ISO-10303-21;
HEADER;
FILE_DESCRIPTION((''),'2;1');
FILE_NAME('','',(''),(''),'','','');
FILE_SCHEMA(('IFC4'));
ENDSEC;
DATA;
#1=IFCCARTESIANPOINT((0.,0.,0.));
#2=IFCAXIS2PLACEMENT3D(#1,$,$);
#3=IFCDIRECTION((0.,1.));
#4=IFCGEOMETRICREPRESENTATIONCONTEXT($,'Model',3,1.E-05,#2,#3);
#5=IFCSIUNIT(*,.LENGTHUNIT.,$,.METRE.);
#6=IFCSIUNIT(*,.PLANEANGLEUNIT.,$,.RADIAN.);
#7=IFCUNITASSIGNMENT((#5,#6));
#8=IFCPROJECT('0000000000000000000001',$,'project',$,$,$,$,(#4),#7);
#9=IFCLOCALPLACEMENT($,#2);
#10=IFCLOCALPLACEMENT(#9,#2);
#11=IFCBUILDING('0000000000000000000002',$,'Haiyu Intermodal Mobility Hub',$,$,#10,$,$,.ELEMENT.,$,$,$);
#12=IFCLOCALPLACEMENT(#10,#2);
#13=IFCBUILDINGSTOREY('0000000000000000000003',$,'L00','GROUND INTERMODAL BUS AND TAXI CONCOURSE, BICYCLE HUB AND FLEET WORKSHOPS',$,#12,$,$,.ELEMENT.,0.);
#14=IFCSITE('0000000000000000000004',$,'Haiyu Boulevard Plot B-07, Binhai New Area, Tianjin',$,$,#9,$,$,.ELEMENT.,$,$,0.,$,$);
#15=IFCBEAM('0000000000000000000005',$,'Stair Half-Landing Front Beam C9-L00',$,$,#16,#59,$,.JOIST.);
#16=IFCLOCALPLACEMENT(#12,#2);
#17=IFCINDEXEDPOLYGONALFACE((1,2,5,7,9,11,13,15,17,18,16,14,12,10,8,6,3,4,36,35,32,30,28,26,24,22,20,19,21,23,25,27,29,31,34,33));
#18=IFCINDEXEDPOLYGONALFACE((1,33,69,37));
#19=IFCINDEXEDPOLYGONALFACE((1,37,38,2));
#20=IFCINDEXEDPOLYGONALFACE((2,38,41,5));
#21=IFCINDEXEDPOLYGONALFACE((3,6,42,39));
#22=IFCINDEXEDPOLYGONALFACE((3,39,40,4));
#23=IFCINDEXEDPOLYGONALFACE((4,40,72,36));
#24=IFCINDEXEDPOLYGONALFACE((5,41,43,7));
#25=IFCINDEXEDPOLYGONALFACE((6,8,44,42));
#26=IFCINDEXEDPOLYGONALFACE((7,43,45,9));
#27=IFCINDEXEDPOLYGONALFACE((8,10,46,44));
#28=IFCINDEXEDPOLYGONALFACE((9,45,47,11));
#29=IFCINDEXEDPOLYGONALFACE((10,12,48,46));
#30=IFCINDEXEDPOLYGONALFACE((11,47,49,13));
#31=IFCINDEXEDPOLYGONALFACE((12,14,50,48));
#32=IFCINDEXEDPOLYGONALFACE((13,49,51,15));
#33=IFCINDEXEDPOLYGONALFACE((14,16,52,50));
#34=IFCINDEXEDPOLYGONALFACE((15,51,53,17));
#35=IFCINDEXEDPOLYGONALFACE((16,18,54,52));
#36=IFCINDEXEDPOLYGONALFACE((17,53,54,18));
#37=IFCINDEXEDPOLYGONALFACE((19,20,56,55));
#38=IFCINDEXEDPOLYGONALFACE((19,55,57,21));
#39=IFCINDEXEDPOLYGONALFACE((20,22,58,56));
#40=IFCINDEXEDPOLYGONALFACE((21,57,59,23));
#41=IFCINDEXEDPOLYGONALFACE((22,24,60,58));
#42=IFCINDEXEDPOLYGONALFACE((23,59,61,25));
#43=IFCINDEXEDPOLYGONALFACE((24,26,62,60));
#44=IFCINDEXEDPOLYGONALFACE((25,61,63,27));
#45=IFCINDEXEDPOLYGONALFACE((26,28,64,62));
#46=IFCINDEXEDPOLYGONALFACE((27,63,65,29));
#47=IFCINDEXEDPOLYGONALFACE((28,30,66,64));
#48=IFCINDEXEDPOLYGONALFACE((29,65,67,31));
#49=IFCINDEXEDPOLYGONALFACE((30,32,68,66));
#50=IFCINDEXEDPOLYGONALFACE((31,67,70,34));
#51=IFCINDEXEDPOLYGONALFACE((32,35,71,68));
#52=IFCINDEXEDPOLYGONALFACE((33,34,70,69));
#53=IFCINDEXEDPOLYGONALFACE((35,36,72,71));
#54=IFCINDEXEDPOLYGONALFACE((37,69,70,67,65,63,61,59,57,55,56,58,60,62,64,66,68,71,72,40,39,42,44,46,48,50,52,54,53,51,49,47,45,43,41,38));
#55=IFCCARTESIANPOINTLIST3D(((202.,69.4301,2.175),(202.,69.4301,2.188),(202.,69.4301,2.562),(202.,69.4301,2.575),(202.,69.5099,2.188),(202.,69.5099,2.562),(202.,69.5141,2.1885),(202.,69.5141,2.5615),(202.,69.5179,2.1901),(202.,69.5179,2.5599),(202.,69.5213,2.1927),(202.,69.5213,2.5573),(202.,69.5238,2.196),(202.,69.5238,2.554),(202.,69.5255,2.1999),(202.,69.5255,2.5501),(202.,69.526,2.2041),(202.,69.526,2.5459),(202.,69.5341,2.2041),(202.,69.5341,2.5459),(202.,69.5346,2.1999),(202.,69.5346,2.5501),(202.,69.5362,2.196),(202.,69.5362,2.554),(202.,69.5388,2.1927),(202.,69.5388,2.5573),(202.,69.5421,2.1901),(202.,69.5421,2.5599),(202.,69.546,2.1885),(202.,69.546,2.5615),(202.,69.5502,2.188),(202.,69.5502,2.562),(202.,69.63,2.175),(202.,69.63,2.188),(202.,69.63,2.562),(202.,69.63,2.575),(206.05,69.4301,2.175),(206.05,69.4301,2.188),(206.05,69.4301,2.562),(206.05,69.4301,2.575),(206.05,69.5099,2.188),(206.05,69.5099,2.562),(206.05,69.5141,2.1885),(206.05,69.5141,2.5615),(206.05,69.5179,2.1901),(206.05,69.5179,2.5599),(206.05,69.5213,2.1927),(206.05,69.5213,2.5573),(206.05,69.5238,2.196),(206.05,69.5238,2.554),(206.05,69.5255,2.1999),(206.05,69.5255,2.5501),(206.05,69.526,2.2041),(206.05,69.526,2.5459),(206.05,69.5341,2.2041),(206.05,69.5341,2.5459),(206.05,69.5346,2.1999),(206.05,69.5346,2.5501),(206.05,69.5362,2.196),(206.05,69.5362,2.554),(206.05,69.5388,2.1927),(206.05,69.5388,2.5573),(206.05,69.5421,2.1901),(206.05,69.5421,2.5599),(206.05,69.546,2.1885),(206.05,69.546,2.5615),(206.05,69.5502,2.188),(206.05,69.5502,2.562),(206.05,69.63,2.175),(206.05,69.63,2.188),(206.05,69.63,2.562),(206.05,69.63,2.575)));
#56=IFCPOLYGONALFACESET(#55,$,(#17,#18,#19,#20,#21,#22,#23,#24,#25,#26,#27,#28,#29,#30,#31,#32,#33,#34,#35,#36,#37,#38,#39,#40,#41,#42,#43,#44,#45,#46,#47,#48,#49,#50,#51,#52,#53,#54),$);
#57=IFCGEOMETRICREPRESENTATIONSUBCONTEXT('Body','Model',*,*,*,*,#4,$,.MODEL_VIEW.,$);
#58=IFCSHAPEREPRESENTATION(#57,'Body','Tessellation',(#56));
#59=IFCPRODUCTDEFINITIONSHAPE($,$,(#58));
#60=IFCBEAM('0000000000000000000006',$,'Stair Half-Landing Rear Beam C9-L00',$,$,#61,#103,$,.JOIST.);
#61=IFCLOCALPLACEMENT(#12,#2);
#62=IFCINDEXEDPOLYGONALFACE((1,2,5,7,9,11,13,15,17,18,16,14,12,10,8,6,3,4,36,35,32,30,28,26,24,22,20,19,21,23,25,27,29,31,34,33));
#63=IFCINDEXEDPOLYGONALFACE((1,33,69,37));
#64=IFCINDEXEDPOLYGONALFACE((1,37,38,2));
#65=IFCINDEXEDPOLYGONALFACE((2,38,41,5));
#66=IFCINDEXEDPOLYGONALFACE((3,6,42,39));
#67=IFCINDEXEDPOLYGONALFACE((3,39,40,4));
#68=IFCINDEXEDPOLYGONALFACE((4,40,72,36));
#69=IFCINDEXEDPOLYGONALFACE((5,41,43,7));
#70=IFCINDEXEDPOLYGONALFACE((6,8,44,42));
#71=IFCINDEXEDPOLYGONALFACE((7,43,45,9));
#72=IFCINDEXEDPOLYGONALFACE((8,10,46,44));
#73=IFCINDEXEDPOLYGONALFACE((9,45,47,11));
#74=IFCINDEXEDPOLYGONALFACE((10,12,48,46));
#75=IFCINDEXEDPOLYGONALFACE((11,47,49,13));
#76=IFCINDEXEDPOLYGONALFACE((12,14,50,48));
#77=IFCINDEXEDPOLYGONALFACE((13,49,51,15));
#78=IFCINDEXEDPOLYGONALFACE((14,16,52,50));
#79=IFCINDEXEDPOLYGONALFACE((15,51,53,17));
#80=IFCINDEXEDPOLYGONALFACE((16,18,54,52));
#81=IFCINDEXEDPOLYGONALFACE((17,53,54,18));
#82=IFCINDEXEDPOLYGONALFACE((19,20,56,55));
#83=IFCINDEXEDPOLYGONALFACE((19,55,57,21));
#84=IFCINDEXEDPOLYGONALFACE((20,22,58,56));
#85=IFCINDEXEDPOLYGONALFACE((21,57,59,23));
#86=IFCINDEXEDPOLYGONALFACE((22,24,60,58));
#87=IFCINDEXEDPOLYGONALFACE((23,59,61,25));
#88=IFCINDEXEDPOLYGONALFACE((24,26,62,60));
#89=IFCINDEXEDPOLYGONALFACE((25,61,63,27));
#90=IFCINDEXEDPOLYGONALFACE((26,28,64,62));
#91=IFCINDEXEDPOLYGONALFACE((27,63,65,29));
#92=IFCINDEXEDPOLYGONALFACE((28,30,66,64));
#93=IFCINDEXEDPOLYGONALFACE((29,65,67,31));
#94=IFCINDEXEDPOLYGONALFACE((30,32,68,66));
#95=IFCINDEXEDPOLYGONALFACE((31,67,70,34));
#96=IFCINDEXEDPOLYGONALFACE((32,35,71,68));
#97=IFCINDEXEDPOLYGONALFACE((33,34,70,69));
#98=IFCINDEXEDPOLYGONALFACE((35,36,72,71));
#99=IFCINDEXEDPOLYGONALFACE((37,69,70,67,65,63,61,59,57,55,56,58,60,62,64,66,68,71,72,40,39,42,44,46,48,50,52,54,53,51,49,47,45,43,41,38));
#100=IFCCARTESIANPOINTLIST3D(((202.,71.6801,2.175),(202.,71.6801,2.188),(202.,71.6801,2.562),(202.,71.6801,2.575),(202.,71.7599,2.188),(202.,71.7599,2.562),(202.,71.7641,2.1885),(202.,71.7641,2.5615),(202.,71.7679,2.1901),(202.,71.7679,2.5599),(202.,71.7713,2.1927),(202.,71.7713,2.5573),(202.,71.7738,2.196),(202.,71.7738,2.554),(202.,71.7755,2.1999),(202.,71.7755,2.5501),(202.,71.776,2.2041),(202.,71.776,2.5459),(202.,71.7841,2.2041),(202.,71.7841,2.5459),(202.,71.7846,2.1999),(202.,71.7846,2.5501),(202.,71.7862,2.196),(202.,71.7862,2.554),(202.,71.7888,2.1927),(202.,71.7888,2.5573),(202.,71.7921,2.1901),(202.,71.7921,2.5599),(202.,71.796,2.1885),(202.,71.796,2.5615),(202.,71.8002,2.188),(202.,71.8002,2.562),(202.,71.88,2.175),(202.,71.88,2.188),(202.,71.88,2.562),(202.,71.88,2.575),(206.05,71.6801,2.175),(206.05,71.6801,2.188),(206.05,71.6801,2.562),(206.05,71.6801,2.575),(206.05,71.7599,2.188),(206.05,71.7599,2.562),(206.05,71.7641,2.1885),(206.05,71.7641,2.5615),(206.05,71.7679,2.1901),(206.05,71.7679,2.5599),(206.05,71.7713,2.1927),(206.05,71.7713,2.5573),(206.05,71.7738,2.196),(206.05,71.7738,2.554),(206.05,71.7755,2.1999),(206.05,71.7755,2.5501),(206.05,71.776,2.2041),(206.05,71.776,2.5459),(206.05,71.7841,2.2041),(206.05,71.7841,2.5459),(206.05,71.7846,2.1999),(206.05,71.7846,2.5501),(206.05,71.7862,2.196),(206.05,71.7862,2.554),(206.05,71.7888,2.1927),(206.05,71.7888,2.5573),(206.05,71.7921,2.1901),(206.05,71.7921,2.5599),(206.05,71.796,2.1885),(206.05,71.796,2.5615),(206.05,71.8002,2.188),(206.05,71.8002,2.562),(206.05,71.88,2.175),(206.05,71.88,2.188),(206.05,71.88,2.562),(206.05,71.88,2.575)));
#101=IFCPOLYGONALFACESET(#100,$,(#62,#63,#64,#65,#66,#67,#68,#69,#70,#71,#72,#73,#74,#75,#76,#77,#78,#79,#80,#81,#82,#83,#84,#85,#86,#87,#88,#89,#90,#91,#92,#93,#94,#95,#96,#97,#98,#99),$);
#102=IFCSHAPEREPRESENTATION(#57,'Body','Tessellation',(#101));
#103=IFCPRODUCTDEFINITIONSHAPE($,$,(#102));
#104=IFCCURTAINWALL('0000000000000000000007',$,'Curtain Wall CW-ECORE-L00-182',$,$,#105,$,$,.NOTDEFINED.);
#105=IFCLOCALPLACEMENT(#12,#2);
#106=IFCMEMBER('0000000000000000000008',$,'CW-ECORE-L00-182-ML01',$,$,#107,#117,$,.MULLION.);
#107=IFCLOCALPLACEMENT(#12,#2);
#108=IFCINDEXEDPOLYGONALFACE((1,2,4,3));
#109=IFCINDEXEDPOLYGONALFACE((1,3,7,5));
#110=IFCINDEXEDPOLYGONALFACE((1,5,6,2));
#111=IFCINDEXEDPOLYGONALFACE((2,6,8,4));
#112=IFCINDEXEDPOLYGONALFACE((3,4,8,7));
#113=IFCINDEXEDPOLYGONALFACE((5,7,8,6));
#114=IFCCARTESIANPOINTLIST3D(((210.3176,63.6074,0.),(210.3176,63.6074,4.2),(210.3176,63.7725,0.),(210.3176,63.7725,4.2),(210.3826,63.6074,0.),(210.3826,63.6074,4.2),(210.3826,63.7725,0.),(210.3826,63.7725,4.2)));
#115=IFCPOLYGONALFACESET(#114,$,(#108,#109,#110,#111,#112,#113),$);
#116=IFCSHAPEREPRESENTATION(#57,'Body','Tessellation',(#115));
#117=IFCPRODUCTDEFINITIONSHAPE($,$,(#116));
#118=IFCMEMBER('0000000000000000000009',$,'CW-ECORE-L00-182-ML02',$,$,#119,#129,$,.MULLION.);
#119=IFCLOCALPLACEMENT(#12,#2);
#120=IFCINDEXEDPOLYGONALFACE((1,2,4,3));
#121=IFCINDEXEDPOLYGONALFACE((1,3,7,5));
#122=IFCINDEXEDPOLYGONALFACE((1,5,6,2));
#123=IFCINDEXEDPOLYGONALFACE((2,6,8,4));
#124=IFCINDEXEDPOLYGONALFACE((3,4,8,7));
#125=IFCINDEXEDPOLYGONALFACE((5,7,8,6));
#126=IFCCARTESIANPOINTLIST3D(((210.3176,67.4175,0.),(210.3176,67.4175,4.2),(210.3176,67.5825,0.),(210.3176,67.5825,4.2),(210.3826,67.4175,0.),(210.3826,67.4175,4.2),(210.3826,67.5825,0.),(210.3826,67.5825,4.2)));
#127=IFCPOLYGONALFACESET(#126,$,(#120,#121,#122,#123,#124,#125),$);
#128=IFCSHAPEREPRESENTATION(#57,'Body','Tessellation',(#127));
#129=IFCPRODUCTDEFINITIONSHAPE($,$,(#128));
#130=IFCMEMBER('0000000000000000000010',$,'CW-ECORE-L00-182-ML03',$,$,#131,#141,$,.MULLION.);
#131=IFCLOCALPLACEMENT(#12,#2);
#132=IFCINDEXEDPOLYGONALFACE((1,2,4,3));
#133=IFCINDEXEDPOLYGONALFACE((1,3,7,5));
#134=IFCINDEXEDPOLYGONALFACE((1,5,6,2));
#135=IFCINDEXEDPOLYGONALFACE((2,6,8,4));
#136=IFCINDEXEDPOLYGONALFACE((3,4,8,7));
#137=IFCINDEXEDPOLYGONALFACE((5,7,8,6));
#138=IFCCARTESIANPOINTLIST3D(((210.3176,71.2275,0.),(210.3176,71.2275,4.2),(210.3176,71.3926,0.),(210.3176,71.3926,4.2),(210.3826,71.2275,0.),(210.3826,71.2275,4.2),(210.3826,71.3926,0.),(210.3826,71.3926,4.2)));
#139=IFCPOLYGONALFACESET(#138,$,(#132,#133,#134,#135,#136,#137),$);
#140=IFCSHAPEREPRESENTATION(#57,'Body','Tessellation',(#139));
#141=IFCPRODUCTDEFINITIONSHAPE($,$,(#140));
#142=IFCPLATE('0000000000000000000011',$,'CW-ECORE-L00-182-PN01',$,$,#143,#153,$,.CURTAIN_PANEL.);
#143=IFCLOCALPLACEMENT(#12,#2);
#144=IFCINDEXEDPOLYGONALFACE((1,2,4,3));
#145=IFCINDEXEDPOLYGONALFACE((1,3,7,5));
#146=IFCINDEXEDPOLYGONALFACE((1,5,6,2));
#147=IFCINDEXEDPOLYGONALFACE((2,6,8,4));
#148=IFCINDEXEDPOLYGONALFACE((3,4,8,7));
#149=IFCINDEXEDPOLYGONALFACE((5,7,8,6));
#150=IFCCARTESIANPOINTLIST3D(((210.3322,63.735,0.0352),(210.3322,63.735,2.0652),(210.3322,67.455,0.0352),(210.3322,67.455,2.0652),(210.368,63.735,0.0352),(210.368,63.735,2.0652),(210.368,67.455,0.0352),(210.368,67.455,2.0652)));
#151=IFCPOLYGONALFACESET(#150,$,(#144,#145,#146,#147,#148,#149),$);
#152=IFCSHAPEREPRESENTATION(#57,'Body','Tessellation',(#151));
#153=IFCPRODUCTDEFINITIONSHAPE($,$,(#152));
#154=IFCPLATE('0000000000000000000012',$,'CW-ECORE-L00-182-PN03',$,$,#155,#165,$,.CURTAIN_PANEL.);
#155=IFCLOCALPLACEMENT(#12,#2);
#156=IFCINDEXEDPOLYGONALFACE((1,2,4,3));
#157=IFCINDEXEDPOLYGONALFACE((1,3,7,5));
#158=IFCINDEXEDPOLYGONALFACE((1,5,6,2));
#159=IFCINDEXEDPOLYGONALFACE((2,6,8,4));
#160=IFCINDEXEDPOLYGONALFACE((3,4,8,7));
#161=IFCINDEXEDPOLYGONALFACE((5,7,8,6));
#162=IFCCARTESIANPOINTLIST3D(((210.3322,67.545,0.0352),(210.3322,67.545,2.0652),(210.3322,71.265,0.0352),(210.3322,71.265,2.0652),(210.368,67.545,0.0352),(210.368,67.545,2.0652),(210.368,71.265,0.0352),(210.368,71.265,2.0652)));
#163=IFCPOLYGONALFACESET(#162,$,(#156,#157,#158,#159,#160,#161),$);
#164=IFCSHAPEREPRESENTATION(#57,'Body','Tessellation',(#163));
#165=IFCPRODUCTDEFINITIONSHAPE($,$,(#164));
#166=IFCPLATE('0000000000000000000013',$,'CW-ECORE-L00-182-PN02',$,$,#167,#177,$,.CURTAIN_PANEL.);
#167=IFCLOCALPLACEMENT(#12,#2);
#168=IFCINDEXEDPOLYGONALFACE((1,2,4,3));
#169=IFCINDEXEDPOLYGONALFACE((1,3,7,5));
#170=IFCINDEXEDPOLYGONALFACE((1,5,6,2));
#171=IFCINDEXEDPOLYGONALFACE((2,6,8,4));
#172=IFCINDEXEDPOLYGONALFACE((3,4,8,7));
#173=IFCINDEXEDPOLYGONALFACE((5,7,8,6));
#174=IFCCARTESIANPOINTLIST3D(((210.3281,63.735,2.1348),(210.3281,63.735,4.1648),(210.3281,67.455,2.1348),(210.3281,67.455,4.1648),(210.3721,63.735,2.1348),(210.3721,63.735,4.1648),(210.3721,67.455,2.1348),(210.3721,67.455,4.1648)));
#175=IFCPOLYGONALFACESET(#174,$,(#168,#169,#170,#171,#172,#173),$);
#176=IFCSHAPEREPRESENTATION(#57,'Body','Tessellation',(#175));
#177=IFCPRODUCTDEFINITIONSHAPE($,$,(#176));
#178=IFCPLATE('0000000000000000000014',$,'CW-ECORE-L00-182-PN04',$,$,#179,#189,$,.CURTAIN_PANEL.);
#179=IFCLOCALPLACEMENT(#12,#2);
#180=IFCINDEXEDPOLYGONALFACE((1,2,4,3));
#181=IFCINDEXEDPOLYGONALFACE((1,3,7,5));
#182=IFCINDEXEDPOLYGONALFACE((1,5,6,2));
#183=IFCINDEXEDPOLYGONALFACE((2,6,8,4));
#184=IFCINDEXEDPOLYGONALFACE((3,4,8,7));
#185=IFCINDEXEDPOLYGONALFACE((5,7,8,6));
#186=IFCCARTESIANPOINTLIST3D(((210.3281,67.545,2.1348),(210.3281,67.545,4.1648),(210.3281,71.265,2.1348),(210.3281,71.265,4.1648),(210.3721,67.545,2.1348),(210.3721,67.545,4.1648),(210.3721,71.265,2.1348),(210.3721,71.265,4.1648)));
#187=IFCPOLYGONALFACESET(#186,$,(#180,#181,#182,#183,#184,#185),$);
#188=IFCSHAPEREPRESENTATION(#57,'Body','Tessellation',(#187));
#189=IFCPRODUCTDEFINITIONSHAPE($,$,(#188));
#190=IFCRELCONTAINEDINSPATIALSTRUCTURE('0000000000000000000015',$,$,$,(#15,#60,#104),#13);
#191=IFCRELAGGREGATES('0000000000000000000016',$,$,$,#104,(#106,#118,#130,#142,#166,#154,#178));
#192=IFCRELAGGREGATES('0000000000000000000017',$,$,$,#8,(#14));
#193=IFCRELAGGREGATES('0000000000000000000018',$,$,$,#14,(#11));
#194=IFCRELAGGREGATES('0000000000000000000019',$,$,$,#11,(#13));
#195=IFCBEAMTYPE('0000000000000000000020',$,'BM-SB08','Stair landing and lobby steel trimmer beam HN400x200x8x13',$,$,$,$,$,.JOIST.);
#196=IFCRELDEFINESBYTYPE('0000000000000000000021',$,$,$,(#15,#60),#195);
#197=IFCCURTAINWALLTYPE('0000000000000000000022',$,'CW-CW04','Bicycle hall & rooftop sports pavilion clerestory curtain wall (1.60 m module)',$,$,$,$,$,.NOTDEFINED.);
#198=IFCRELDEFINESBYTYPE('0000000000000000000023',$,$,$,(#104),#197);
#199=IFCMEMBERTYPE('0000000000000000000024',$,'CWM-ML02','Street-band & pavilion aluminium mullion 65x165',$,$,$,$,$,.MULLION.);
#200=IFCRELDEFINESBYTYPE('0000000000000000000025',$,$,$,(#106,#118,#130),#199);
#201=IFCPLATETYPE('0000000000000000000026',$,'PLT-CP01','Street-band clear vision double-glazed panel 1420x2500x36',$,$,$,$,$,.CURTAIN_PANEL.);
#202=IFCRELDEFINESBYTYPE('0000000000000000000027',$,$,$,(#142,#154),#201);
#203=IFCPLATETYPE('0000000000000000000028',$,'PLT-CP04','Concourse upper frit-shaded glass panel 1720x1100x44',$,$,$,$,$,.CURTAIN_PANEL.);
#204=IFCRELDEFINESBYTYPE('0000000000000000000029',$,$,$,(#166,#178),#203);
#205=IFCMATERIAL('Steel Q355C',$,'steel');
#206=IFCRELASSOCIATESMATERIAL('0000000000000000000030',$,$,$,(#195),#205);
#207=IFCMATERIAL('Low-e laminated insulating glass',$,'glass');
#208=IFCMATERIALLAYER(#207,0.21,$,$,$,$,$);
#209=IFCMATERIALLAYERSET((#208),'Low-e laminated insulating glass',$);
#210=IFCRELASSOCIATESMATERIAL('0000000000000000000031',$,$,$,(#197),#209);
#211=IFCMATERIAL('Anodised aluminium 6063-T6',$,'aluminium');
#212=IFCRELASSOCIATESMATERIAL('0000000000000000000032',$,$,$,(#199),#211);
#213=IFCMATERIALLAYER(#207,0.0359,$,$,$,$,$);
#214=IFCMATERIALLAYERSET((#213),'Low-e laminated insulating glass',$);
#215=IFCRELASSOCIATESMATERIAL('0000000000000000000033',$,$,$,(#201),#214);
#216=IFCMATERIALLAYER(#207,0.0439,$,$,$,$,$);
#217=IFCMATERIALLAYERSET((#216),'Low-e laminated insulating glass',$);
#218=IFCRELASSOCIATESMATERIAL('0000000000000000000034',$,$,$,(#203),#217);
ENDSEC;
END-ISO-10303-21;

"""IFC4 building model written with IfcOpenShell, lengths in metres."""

from ifc_helpers import new_model, si_unit, direction, frame, origin, origin_2d, place, context, subcontext, project, spatial, rectangle, i_section, extrude, material, layer, layer_set, material_profile, profile_set, type_object, element, aggregate, save


model = new_model("IFC4")

# Units and contexts
model_context = context("Model", 3, precision=1e-05, world=origin(), true_north=direction((0.0, 1.0)))
body_context = subcontext(model_context, "Body", "Model", "MODEL_VIEW")
ifc_project = project(units=[si_unit("LENGTHUNIT", "METRE"), si_unit("PLANEANGLEUNIT", "RADIAN")], contexts=[model_context])

# Site, building, storey
site_placement = place(None, origin())
site = spatial("IfcSite", under=ifc_project, at=site_placement, Name="Haiyu Boulevard Plot B-07, Binhai New Area, Tianjin", CompositionType="ELEMENT", RefElevation=0.0)
building_placement = place(site_placement, origin())
building = spatial("IfcBuilding", under=site, at=building_placement, Name="Haiyu Intermodal Mobility Hub", CompositionType="ELEMENT")
storey_placement = place(building_placement, origin())
storey = spatial("IfcBuildingStorey", under=building, at=storey_placement, Name="L00", Description="GROUND INTERMODAL BUS AND TAXI CONCOURSE, BICYCLE HUB AND FLEET WORKSHOPS", CompositionType="ELEMENT", Elevation=0.0)

# Beams
ifc_material_1 = material(Name="Steel Q355C", Category="steel")
ifc_material_profile_1 = material_profile(ifc_material_1, i_section(OverallWidth=0.2, OverallDepth=0.3999, WebThickness=0.0081, FlangeThickness=0.0129, FilletRadius=0.0161, at=origin_2d()), Name="HN400x200x8x13")
ifc_profile_set_1 = profile_set([ifc_material_profile_1], Name="Steel Q355C")
beam_type = type_object("IfcBeamType", Name="BM-SB08", Description="Stair landing and lobby steel trimmer beam HN400x200x8x13", PredefinedType="JOIST", material=ifc_profile_set_1)
for number, where, z_axis, x_axis, name in (
    (1, (202.0, 69.53, 2.375), (1.0, 0.0, 0.0), (0.0, 1.0, 0.0), "Stair Half-Landing Front Beam C9-L00"),
    (2, (202.0, 71.78, 2.375), (1.0, 0.0, 0.0), (0.0, 1.0, 0.0), "Stair Half-Landing Rear Beam C9-L00"),
):
    element("IfcBeam", number, at=place(storey_placement, frame(where, z_axis=z_axis, x_axis=x_axis)), inside=storey, type_object=beam_type, Name=name, PredefinedType="JOIST", context=body_context, shape_type="SweptSolid", body=[
        extrude(i_section(OverallWidth=0.2, OverallDepth=0.3999, WebThickness=0.0081, FlangeThickness=0.0129, FilletRadius=0.0161, at=origin_2d()), origin(), (0.0, 0.0, 1.0), 4.05),
    ])

# Curtain wall, members, plates
ifc_material_2 = material(Name="Low-e laminated insulating glass", Category="glass")
ifc_layer_1 = layer(ifc_material_2, 0.21)
ifc_layer_set_1 = layer_set([ifc_layer_1], Name="Low-e laminated insulating glass")
curtain_wall_type = type_object("IfcCurtainWallType", Name="CW-CW04", Description="Bicycle hall & rooftop sports pavilion clerestory curtain wall (1.60 m module)", PredefinedType="NOTDEFINED", material=ifc_layer_set_1)
curtain_wall_placement = place(storey_placement, origin())
curtain_wall = element("IfcCurtainWall", 3, at=curtain_wall_placement, inside=storey, type_object=curtain_wall_type, Name="Curtain Wall CW-ECORE-L00-182", PredefinedType="NOTDEFINED")
ifc_material_3 = material(Name="Anodised aluminium 6063-T6", Category="aluminium")
ifc_material_profile_2 = material_profile(ifc_material_3, rectangle(XDim=0.0649, YDim=0.165, at=origin_2d()), Name="ALU65x165")
ifc_profile_set_2 = profile_set([ifc_material_profile_2], Name="Anodised aluminium 6063-T6")
member_type = type_object("IfcMemberType", Name="CWM-ML02", Description="Street-band & pavilion aluminium mullion 65x165", PredefinedType="MULLION", material=ifc_profile_set_2)
member_1_placement = place(storey_placement, frame((210.3501, 63.6899, 0.0), z_axis=(0.0, 0.0, 1.0), x_axis=(1.0, 0.0, 0.0)))
member_1 = element("IfcMember", 4, at=member_1_placement, type_object=member_type, Name="CW-ECORE-L00-182-ML01", PredefinedType="MULLION", context=body_context, shape_type="SweptSolid", body=[
    extrude(rectangle(XDim=0.0649, YDim=0.165, at=origin_2d()), origin(), (0.0, 0.0, 1.0), 4.2),
])
member_2_placement = place(storey_placement, frame((210.3501, 67.5, 0.0), z_axis=(0.0, 0.0, 1.0), x_axis=(1.0, 0.0, 0.0)))
member_2 = element("IfcMember", 5, at=member_2_placement, type_object=member_type, Name="CW-ECORE-L00-182-ML02", PredefinedType="MULLION", context=body_context, shape_type="SweptSolid", body=[
    extrude(rectangle(XDim=0.0649, YDim=0.165, at=origin_2d()), origin(), (0.0, 0.0, 1.0), 4.2),
])
member_3_placement = place(storey_placement, frame((210.3501, 71.3101, 0.0), z_axis=(0.0, 0.0, 1.0), x_axis=(1.0, 0.0, 0.0)))
member_3 = element("IfcMember", 6, at=member_3_placement, type_object=member_type, Name="CW-ECORE-L00-182-ML03", PredefinedType="MULLION", context=body_context, shape_type="SweptSolid", body=[
    extrude(rectangle(XDim=0.0649, YDim=0.165, at=origin_2d()), origin(), (0.0, 0.0, 1.0), 4.2),
])
ifc_layer_2 = layer(ifc_material_2, 0.0359)
ifc_layer_set_2 = layer_set([ifc_layer_2], Name="Low-e laminated insulating glass")
plate_type_1 = type_object("IfcPlateType", Name="PLT-CP01", Description="Street-band clear vision double-glazed panel 1420x2500x36", PredefinedType="CURTAIN_PANEL", material=ifc_layer_set_2)
plate_1_placement = place(storey_placement, frame((210.3501, 65.595, 0.0352), z_axis=(0.0, 0.0, 1.0), x_axis=(0.0, 1.0, 0.0)))
plate_1 = element("IfcPlate", 7, at=plate_1_placement, type_object=plate_type_1, Name="CW-ECORE-L00-182-PN01", PredefinedType="CURTAIN_PANEL", context=body_context, shape_type="SweptSolid", body=[
    extrude(rectangle(XDim=3.72, YDim=0.0359, at=origin_2d()), origin(), (0.0, 0.0, 1.0), 2.03),
])
plate_2_placement = place(storey_placement, frame((210.3501, 69.405, 0.0352), z_axis=(0.0, 0.0, 1.0), x_axis=(0.0, 1.0, 0.0)))
plate_2 = element("IfcPlate", 8, at=plate_2_placement, type_object=plate_type_1, Name="CW-ECORE-L00-182-PN03", PredefinedType="CURTAIN_PANEL", context=body_context, shape_type="SweptSolid", body=[
    extrude(rectangle(XDim=3.72, YDim=0.0359, at=origin_2d()), origin(), (0.0, 0.0, 1.0), 2.03),
])
ifc_layer_3 = layer(ifc_material_2, 0.0439)
ifc_layer_set_3 = layer_set([ifc_layer_3], Name="Low-e laminated insulating glass")
plate_type_2 = type_object("IfcPlateType", Name="PLT-CP04", Description="Concourse upper frit-shaded glass panel 1720x1100x44", PredefinedType="CURTAIN_PANEL", material=ifc_layer_set_3)
plate_3_placement = place(storey_placement, frame((210.3501, 65.595, 2.1348), z_axis=(0.0, 0.0, 1.0), x_axis=(0.0, 1.0, 0.0)))
plate_3 = element("IfcPlate", 9, at=plate_3_placement, type_object=plate_type_2, Name="CW-ECORE-L00-182-PN02", PredefinedType="CURTAIN_PANEL", context=body_context, shape_type="SweptSolid", body=[
    extrude(rectangle(XDim=3.72, YDim=0.0439, at=origin_2d()), origin(), (0.0, 0.0, 1.0), 2.03),
])
plate_4_placement = place(storey_placement, frame((210.3501, 69.405, 2.1348), z_axis=(0.0, 0.0, 1.0), x_axis=(0.0, 1.0, 0.0)))
plate_4 = element("IfcPlate", 10, at=plate_4_placement, type_object=plate_type_2, Name="CW-ECORE-L00-182-PN04", PredefinedType="CURTAIN_PANEL", context=body_context, shape_type="SweptSolid", body=[
    extrude(rectangle(XDim=3.72, YDim=0.0439, at=origin_2d()), origin(), (0.0, 0.0, 1.0), 2.03),
])
aggregate(curtain_wall, [member_1, member_2, member_3, plate_1, plate_3, plate_2, plate_4])

save(model, "model.ifc")
